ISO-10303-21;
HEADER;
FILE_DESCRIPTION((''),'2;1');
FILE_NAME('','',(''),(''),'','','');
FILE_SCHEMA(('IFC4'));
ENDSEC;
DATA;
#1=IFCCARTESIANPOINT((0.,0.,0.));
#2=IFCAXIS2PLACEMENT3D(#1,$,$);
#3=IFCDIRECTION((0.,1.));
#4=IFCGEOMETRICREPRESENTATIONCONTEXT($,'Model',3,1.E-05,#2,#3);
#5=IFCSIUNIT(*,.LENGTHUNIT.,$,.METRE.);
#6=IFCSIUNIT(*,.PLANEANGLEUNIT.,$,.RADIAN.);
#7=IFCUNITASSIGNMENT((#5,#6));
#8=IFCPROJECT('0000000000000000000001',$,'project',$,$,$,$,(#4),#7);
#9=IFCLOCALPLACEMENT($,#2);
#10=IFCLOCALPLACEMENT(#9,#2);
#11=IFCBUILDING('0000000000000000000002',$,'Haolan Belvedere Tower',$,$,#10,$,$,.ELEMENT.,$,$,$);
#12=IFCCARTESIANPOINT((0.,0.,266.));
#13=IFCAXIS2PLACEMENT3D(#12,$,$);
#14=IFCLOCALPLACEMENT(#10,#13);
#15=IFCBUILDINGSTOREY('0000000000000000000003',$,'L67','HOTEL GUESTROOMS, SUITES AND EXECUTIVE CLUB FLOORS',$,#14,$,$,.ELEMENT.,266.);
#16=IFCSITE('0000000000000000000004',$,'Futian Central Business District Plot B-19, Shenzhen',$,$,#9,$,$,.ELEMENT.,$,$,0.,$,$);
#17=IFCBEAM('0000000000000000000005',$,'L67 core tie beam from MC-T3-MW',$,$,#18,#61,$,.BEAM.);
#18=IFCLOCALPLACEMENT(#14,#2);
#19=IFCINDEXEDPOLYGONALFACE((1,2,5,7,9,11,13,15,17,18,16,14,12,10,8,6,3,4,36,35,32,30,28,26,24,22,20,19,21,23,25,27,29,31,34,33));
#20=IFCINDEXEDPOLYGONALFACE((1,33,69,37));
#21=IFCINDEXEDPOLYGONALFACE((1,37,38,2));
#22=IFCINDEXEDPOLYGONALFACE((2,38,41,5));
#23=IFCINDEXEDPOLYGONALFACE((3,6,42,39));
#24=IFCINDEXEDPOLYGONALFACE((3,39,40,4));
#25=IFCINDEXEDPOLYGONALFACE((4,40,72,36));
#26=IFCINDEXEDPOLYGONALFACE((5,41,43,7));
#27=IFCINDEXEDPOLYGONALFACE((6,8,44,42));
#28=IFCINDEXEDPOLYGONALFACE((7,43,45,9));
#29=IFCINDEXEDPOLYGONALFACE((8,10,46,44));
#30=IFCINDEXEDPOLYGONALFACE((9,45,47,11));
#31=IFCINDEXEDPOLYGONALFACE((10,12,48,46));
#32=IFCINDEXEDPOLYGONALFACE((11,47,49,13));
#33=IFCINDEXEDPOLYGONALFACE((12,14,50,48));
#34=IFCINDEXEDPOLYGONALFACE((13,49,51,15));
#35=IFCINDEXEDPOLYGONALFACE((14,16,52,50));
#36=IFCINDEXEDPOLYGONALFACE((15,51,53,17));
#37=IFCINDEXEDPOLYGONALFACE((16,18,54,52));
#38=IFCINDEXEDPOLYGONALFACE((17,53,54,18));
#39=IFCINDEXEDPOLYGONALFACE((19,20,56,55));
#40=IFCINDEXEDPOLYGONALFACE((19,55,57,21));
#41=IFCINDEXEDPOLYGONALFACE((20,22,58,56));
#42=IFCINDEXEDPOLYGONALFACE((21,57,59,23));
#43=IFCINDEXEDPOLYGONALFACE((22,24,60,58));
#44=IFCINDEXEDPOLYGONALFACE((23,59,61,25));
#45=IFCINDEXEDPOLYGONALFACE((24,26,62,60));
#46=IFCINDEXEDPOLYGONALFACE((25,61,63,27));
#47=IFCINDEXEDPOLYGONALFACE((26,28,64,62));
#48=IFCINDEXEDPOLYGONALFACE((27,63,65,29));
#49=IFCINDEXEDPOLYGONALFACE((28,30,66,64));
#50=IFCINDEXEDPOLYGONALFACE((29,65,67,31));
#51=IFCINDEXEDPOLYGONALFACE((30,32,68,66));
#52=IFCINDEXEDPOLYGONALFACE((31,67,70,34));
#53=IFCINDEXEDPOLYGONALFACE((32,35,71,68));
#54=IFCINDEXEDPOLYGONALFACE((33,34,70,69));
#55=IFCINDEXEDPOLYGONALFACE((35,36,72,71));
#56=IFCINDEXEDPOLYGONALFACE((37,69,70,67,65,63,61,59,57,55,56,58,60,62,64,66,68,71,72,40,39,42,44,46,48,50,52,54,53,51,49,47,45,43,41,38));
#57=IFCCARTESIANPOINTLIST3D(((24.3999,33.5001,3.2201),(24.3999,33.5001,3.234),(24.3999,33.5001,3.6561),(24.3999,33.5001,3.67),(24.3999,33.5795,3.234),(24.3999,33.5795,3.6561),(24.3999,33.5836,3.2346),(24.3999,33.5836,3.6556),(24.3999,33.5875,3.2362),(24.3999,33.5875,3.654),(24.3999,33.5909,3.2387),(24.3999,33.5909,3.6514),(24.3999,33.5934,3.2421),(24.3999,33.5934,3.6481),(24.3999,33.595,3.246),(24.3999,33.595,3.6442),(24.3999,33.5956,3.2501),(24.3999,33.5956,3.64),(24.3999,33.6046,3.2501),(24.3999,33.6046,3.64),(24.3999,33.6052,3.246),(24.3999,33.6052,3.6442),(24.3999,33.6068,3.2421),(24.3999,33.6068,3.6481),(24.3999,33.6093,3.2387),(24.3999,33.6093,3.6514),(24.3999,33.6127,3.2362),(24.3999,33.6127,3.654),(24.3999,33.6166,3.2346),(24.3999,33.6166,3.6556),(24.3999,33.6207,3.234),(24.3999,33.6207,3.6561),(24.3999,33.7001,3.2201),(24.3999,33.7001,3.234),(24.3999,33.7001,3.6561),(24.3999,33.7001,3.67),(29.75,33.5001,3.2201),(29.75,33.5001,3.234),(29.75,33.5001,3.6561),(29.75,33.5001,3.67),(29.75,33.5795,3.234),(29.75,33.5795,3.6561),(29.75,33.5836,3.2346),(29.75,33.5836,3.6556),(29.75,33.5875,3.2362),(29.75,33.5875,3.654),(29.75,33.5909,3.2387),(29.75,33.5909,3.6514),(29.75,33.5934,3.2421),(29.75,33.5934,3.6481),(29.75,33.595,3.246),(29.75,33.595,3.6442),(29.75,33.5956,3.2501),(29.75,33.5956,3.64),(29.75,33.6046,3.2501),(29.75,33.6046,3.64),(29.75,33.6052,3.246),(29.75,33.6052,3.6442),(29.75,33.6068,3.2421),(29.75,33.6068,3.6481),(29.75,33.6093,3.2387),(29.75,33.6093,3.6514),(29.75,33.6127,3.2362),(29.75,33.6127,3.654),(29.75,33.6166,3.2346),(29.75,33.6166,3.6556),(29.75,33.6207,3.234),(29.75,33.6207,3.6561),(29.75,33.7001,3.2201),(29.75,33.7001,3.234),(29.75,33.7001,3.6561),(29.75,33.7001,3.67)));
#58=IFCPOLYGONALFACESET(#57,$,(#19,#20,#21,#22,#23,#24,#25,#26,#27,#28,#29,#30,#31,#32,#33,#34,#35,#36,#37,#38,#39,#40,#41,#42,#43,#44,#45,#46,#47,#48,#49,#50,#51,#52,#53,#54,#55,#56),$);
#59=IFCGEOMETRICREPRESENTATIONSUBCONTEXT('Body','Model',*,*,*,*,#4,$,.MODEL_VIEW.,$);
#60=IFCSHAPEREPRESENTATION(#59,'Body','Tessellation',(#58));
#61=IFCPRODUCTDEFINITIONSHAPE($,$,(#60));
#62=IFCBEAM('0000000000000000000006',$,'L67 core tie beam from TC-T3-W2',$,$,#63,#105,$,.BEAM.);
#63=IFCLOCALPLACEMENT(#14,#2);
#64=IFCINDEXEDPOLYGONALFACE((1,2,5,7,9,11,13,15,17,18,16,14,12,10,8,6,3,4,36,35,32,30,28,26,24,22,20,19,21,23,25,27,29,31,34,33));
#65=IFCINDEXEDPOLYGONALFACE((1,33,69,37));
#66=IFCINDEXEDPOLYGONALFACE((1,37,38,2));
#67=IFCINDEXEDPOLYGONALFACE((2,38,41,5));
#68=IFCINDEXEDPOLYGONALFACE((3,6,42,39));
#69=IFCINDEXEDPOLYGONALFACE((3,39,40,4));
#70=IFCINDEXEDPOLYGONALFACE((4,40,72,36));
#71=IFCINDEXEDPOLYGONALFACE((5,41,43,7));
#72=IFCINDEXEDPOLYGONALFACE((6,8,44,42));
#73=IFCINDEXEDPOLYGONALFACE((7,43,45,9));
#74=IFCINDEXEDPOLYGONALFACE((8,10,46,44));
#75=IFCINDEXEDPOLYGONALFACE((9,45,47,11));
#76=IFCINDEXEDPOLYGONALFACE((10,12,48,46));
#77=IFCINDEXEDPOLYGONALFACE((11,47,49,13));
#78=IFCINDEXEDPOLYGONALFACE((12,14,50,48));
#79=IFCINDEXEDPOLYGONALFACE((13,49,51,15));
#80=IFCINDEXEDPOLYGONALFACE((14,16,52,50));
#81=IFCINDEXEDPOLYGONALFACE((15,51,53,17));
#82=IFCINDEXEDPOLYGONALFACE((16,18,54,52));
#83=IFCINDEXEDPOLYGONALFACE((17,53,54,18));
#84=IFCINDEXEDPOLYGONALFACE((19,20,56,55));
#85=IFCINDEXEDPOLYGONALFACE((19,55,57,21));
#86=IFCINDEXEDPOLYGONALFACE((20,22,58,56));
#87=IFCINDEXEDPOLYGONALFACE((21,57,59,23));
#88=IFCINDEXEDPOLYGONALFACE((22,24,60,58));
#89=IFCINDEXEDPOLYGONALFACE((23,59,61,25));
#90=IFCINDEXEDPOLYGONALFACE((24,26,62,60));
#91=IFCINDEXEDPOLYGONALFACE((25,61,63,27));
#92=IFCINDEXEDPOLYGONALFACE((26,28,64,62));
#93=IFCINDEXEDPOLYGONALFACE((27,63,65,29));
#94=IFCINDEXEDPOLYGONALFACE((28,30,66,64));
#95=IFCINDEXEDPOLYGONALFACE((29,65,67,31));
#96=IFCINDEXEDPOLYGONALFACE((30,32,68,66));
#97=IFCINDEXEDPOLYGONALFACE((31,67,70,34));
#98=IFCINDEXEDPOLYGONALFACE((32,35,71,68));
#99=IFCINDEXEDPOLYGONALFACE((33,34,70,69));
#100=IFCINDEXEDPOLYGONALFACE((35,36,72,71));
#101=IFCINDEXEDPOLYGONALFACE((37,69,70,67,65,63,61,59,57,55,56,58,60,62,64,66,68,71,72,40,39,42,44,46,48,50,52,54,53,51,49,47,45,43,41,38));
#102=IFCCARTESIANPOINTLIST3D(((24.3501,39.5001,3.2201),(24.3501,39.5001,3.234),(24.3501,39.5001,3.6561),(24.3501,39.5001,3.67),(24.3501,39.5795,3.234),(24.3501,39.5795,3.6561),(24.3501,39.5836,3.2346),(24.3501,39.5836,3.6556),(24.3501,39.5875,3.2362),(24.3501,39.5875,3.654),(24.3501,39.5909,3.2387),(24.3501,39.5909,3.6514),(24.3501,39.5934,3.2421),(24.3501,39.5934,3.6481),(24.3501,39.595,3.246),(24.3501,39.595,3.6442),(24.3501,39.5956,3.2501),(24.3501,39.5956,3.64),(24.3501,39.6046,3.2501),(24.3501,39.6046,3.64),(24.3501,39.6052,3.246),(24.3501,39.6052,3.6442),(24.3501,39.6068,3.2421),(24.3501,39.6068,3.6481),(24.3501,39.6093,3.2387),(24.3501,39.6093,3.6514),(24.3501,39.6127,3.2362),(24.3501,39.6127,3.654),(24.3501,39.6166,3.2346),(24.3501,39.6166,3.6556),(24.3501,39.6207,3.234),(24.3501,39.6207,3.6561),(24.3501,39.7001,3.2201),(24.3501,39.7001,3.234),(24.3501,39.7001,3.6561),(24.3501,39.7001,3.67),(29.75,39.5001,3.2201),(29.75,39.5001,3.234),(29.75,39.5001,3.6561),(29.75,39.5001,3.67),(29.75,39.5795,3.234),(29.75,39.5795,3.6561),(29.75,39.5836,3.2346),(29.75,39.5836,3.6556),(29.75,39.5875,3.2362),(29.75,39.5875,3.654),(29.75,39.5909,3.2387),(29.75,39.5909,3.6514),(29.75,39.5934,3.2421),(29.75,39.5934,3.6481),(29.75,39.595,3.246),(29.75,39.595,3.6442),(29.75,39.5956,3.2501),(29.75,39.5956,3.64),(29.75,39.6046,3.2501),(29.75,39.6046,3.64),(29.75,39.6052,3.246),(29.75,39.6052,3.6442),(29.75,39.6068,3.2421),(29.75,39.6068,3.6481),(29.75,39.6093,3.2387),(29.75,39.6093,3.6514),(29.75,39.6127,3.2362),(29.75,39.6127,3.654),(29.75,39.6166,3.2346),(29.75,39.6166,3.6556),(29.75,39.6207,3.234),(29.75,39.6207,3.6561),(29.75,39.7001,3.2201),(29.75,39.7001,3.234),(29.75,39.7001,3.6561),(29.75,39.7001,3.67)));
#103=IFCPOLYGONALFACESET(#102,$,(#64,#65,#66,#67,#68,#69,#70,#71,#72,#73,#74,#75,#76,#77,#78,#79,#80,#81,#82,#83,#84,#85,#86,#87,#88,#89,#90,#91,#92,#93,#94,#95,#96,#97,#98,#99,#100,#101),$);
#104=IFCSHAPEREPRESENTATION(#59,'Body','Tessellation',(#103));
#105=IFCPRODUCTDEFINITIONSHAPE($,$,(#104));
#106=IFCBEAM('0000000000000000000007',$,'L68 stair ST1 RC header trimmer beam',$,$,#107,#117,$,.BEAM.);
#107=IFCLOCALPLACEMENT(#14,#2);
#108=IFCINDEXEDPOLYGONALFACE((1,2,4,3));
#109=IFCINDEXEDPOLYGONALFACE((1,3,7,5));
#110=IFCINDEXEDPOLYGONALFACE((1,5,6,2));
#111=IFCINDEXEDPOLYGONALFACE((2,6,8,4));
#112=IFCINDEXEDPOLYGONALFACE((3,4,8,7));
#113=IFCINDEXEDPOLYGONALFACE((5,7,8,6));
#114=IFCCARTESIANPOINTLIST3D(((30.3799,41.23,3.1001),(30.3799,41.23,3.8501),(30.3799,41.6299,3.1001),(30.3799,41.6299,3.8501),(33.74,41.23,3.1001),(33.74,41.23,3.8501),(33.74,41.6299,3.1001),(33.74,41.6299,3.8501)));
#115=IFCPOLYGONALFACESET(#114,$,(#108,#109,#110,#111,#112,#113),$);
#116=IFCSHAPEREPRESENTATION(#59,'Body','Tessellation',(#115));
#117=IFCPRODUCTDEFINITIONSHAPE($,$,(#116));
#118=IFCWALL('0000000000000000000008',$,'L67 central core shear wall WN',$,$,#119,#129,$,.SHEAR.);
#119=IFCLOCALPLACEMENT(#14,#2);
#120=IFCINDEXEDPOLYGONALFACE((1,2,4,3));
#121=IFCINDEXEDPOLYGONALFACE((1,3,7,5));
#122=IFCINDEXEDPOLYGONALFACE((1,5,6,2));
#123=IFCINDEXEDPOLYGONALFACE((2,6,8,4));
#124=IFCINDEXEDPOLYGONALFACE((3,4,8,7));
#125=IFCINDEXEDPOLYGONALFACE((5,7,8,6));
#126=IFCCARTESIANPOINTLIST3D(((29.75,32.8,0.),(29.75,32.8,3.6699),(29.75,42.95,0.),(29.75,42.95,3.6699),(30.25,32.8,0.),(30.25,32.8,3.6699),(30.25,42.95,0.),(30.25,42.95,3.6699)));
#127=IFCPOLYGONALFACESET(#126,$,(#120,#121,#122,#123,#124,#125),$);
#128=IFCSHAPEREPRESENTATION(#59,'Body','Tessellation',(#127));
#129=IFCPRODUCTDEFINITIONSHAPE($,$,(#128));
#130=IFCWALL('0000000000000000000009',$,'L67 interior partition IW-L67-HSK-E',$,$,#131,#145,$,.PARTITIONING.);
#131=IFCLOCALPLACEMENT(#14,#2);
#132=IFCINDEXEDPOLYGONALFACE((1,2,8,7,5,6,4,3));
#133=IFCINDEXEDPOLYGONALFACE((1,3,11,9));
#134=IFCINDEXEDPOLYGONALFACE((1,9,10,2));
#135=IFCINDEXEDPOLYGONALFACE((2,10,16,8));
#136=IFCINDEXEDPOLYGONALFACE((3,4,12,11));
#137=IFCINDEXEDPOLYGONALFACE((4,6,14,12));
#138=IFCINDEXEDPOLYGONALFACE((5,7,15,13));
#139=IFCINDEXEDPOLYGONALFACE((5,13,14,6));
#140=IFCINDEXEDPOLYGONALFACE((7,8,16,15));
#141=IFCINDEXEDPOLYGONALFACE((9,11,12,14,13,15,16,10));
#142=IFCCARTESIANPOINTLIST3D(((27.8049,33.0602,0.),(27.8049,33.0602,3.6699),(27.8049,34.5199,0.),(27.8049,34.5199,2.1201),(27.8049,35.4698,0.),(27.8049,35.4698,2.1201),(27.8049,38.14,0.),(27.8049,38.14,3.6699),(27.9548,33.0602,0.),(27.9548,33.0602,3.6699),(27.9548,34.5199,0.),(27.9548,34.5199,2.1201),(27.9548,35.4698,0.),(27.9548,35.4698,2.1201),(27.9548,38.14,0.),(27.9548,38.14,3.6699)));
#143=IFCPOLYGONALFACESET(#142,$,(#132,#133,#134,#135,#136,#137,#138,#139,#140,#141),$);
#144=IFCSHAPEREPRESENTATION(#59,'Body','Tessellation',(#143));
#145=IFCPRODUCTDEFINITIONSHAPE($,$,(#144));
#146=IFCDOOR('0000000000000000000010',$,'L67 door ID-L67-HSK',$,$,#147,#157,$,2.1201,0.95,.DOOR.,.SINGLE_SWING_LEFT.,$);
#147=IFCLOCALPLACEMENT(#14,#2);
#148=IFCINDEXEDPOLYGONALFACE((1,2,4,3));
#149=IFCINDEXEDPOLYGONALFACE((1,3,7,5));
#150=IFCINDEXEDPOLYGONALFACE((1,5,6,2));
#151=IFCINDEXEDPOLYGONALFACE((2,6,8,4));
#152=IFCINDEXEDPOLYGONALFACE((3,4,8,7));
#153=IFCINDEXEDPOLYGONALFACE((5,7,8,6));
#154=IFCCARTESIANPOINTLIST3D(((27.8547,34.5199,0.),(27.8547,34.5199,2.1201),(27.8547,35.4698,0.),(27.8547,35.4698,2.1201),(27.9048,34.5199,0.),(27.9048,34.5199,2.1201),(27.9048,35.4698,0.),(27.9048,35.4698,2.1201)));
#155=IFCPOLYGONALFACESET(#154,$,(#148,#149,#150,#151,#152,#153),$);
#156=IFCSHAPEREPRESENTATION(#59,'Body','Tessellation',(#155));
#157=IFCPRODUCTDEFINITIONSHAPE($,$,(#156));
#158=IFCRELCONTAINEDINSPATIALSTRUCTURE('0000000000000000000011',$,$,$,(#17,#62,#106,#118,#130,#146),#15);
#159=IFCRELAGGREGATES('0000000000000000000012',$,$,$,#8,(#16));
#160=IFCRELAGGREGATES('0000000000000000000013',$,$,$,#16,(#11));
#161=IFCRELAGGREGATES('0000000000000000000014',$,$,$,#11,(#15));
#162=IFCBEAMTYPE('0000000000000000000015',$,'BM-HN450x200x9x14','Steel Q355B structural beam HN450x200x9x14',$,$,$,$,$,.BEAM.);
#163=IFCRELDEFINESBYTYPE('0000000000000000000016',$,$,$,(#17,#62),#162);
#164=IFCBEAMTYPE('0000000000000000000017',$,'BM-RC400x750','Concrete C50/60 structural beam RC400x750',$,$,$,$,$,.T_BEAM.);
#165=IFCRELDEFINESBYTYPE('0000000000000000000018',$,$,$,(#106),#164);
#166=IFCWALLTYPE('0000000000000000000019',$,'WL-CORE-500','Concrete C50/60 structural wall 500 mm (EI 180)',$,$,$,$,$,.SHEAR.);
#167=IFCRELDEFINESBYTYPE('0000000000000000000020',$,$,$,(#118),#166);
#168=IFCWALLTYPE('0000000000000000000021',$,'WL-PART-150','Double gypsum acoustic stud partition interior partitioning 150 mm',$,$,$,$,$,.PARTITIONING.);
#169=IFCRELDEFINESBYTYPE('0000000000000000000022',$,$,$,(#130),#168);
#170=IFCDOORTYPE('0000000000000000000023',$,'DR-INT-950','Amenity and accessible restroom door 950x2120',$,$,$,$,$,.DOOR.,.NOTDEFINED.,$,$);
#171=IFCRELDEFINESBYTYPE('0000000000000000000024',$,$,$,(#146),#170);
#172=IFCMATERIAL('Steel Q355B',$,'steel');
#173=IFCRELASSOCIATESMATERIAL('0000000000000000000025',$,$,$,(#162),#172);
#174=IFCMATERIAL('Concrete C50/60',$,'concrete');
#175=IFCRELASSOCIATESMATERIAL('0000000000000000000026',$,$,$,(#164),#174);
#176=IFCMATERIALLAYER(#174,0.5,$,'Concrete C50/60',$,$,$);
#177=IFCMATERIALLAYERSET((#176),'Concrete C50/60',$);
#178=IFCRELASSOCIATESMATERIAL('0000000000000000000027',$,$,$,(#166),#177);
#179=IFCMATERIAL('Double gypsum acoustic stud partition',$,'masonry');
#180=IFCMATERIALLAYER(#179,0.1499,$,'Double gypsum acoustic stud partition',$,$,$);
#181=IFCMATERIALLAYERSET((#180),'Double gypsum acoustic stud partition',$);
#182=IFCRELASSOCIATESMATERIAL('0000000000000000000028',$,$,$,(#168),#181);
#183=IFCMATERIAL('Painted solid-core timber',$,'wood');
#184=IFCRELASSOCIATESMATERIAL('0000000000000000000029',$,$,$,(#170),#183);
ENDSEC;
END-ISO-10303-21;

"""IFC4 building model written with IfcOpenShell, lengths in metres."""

from ifc_helpers import new_model, si_unit, direction, frame, frame_2d, origin, origin_2d, place, context, subcontext, project, spatial, rectangle, i_section, extrude, material, layer, layer_set, material_profile, profile_set, type_object, element, fill, save


model = new_model("IFC4")

# Units and contexts
model_context = context("Model", 3, precision=1e-05, world=origin(), true_north=direction((0.0, 1.0)))
body_context = subcontext(model_context, "Body", "Model", "MODEL_VIEW")
ifc_project = project(units=[si_unit("LENGTHUNIT", "METRE"), si_unit("PLANEANGLEUNIT", "RADIAN")], contexts=[model_context])

# Site, building, storey
site_placement = place(None, origin())
site = spatial("IfcSite", under=ifc_project, at=site_placement, Name="Futian Central Business District Plot B-19, Shenzhen", CompositionType="ELEMENT", RefElevation=0.0)
building_placement = place(site_placement, origin())
building = spatial("IfcBuilding", under=site, at=building_placement, Name="Haolan Belvedere Tower", CompositionType="ELEMENT")
storey_placement = place(building_placement, frame((0.0, 0.0, 266.0)))
storey = spatial("IfcBuildingStorey", under=building, at=storey_placement, Name="L67", Description="HOTEL GUESTROOMS, SUITES AND EXECUTIVE CLUB FLOORS", CompositionType="ELEMENT", Elevation=266.0)

# Beams
ifc_material_1 = material(Name="Steel Q355B", Category="steel")
ifc_material_profile_1 = material_profile(ifc_material_1, i_section(OverallWidth=0.2, OverallDepth=0.45, WebThickness=0.009, FlangeThickness=0.0139, FilletRadius=0.0161, at=origin_2d()), Name="Steel Q355B")
ifc_profile_set_1 = profile_set([ifc_material_profile_1], Name="Steel Q355B")
beam_type_1 = type_object("IfcBeamType", Name="BM-HN450x200x9x14", Description="Steel Q355B structural beam HN450x200x9x14", PredefinedType="BEAM", material=ifc_profile_set_1)
beam_1_placement = place(storey_placement, frame((24.3999, 33.6001, 3.4451), z_axis=(1.0, 0.0, 0.0), x_axis=(0.0, 1.0, 0.0)))
element("IfcBeam", 1, at=beam_1_placement, inside=storey, type_object=beam_type_1, Name="L67 core tie beam from MC-T3-MW", PredefinedType="BEAM", context=body_context, shape_type="SweptSolid", body=[
    extrude(i_section(OverallWidth=0.2, OverallDepth=0.45, WebThickness=0.009, FlangeThickness=0.0139, FilletRadius=0.0161, at=origin_2d()), origin(), (0.0, 0.0, 1.0), 5.3501),
])
beam_2_placement = place(storey_placement, frame((24.3501, 39.6001, 3.4451), z_axis=(1.0, 0.0, 0.0), x_axis=(0.0, 1.0, 0.0)))
element("IfcBeam", 2, at=beam_2_placement, inside=storey, type_object=beam_type_1, Name="L67 core tie beam from TC-T3-W2", PredefinedType="BEAM", context=body_context, shape_type="SweptSolid", body=[
    extrude(i_section(OverallWidth=0.2, OverallDepth=0.45, WebThickness=0.009, FlangeThickness=0.0139, FilletRadius=0.0161, at=origin_2d()), origin(), (0.0, 0.0, 1.0), 5.3999),
])
ifc_material_2 = material(Name="Concrete C50/60", Category="concrete")
ifc_material_profile_2 = material_profile(ifc_material_2, rectangle(XDim=0.3999, YDim=0.75, at=origin_2d()), Name="Concrete C50/60")
ifc_profile_set_2 = profile_set([ifc_material_profile_2], Name="Concrete C50/60")
beam_type_2 = type_object("IfcBeamType", Name="BM-RC400x750", Description="Concrete C50/60 structural beam RC400x750", PredefinedType="T_BEAM", material=ifc_profile_set_2)
beam_3_placement = place(storey_placement, frame((30.3799, 41.4299, 3.4751), z_axis=(1.0, 0.0, 0.0), x_axis=(0.0, 1.0, 0.0)))
element("IfcBeam", 3, at=beam_3_placement, inside=storey, type_object=beam_type_2, Name="L68 stair ST1 RC header trimmer beam", PredefinedType="BEAM", context=body_context, shape_type="SweptSolid", body=[
    extrude(rectangle(XDim=0.3999, YDim=0.75, at=origin_2d()), origin(), (0.0, 0.0, 1.0), 3.3601),
])

# Shared definitions
ifc_layer_1 = layer(ifc_material_2, 0.5, Name="Concrete C50/60")
ifc_layer_set_1 = layer_set([ifc_layer_1], Name="Concrete C50/60")
wall_type_1 = type_object("IfcWallType", Name="WL-CORE-500", Description="Concrete C50/60 structural wall 500 mm (EI 180)", PredefinedType="SHEAR", material=ifc_layer_set_1)

# Wall
wall_1_placement = place(storey_placement, frame((30.0, 32.8, 0.0), z_axis=(0.0, 0.0, 1.0), x_axis=(0.0, 1.0, 0.0)))
element("IfcWall", 4, at=wall_1_placement, inside=storey, type_object=wall_type_1, Name="L67 central core shear wall WN", PredefinedType="SHEAR", context=body_context, shape_type="SweptSolid", body=[
    extrude(rectangle(XDim=10.1499, YDim=0.5, at=frame_2d((5.075, 0.0))), origin(), (0.0, 0.0, 1.0), 3.6699),
])

# Wall, opening, door
ifc_material_3 = material(Name="Double gypsum acoustic stud partition", Category="masonry")
ifc_layer_2 = layer(ifc_material_3, 0.1499, Name="Double gypsum acoustic stud partition")
ifc_layer_set_2 = layer_set([ifc_layer_2], Name="Double gypsum acoustic stud partition")
wall_type_2 = type_object("IfcWallType", Name="WL-PART-150", Description="Double gypsum acoustic stud partition interior partitioning 150 mm", PredefinedType="PARTITIONING", material=ifc_layer_set_2)
wall_2_placement = place(storey_placement, frame((27.8799, 33.0601, 0.0), z_axis=(0.0, 0.0, 1.0), x_axis=(0.0, 1.0, 0.0)))
wall_2 = element("IfcWall", 5, at=wall_2_placement, inside=storey, type_object=wall_type_2, Name="L67 interior partition IW-L67-HSK-E", PredefinedType="PARTITIONING", context=body_context, shape_type="SweptSolid", body=[
    extrude(rectangle(XDim=5.0798, YDim=0.1499, at=frame_2d((2.54, 0.0))), origin(), (0.0, 0.0, 1.0), 3.6699),
])
opening_1_placement = place(wall_2_placement, frame((2.4099, 0.0, 0.0), z_axis=(0.0, 0.0, 1.0), x_axis=(-1.0, 0.0, 0.0)))
opening_1 = element("IfcOpeningElement", 6, at=opening_1_placement, cuts=wall_2, PredefinedType="OPENING", context=body_context, shape_type="SweptSolid", body=[
    extrude(rectangle(XDim=0.95, YDim=2.1201, at=frame_2d((0.4751, 1.0601))), frame((0.0, 0.085, 0.0), z_axis=(0.0, -1.0, 0.0), x_axis=(1.0, 0.0, 0.0)), (0.0, 0.0, 1.0), 0.1699),
])
ifc_material_4 = material(Name="Painted solid-core timber", Category="wood")
door_type_1 = type_object("IfcDoorType", Name="DR-INT-950", Description="Amenity and accessible restroom door 950x2120", OperationType="NOTDEFINED", PredefinedType="DOOR", material=ifc_material_4)
door_1_placement = place(opening_1_placement, origin())
door_1 = element("IfcDoor", 7, at=door_1_placement, inside=storey, type_object=door_type_1, Name="L67 door ID-L67-HSK", OperationType="SINGLE_SWING_LEFT", OverallHeight=2.1201, OverallWidth=0.95, PredefinedType="DOOR", context=body_context, shape_type="SweptSolid", body=[
    extrude(rectangle(XDim=0.95, YDim=2.1201, at=frame_2d((0.4751, 1.0601))), frame((0.0, 0.0249, 0.0), z_axis=(0.0, -1.0, 0.0), x_axis=(1.0, 0.0, 0.0)), (0.0, 0.0, 1.0), 0.05),
])
fill(opening_1, door_1)

save(model, "model.ifc")
